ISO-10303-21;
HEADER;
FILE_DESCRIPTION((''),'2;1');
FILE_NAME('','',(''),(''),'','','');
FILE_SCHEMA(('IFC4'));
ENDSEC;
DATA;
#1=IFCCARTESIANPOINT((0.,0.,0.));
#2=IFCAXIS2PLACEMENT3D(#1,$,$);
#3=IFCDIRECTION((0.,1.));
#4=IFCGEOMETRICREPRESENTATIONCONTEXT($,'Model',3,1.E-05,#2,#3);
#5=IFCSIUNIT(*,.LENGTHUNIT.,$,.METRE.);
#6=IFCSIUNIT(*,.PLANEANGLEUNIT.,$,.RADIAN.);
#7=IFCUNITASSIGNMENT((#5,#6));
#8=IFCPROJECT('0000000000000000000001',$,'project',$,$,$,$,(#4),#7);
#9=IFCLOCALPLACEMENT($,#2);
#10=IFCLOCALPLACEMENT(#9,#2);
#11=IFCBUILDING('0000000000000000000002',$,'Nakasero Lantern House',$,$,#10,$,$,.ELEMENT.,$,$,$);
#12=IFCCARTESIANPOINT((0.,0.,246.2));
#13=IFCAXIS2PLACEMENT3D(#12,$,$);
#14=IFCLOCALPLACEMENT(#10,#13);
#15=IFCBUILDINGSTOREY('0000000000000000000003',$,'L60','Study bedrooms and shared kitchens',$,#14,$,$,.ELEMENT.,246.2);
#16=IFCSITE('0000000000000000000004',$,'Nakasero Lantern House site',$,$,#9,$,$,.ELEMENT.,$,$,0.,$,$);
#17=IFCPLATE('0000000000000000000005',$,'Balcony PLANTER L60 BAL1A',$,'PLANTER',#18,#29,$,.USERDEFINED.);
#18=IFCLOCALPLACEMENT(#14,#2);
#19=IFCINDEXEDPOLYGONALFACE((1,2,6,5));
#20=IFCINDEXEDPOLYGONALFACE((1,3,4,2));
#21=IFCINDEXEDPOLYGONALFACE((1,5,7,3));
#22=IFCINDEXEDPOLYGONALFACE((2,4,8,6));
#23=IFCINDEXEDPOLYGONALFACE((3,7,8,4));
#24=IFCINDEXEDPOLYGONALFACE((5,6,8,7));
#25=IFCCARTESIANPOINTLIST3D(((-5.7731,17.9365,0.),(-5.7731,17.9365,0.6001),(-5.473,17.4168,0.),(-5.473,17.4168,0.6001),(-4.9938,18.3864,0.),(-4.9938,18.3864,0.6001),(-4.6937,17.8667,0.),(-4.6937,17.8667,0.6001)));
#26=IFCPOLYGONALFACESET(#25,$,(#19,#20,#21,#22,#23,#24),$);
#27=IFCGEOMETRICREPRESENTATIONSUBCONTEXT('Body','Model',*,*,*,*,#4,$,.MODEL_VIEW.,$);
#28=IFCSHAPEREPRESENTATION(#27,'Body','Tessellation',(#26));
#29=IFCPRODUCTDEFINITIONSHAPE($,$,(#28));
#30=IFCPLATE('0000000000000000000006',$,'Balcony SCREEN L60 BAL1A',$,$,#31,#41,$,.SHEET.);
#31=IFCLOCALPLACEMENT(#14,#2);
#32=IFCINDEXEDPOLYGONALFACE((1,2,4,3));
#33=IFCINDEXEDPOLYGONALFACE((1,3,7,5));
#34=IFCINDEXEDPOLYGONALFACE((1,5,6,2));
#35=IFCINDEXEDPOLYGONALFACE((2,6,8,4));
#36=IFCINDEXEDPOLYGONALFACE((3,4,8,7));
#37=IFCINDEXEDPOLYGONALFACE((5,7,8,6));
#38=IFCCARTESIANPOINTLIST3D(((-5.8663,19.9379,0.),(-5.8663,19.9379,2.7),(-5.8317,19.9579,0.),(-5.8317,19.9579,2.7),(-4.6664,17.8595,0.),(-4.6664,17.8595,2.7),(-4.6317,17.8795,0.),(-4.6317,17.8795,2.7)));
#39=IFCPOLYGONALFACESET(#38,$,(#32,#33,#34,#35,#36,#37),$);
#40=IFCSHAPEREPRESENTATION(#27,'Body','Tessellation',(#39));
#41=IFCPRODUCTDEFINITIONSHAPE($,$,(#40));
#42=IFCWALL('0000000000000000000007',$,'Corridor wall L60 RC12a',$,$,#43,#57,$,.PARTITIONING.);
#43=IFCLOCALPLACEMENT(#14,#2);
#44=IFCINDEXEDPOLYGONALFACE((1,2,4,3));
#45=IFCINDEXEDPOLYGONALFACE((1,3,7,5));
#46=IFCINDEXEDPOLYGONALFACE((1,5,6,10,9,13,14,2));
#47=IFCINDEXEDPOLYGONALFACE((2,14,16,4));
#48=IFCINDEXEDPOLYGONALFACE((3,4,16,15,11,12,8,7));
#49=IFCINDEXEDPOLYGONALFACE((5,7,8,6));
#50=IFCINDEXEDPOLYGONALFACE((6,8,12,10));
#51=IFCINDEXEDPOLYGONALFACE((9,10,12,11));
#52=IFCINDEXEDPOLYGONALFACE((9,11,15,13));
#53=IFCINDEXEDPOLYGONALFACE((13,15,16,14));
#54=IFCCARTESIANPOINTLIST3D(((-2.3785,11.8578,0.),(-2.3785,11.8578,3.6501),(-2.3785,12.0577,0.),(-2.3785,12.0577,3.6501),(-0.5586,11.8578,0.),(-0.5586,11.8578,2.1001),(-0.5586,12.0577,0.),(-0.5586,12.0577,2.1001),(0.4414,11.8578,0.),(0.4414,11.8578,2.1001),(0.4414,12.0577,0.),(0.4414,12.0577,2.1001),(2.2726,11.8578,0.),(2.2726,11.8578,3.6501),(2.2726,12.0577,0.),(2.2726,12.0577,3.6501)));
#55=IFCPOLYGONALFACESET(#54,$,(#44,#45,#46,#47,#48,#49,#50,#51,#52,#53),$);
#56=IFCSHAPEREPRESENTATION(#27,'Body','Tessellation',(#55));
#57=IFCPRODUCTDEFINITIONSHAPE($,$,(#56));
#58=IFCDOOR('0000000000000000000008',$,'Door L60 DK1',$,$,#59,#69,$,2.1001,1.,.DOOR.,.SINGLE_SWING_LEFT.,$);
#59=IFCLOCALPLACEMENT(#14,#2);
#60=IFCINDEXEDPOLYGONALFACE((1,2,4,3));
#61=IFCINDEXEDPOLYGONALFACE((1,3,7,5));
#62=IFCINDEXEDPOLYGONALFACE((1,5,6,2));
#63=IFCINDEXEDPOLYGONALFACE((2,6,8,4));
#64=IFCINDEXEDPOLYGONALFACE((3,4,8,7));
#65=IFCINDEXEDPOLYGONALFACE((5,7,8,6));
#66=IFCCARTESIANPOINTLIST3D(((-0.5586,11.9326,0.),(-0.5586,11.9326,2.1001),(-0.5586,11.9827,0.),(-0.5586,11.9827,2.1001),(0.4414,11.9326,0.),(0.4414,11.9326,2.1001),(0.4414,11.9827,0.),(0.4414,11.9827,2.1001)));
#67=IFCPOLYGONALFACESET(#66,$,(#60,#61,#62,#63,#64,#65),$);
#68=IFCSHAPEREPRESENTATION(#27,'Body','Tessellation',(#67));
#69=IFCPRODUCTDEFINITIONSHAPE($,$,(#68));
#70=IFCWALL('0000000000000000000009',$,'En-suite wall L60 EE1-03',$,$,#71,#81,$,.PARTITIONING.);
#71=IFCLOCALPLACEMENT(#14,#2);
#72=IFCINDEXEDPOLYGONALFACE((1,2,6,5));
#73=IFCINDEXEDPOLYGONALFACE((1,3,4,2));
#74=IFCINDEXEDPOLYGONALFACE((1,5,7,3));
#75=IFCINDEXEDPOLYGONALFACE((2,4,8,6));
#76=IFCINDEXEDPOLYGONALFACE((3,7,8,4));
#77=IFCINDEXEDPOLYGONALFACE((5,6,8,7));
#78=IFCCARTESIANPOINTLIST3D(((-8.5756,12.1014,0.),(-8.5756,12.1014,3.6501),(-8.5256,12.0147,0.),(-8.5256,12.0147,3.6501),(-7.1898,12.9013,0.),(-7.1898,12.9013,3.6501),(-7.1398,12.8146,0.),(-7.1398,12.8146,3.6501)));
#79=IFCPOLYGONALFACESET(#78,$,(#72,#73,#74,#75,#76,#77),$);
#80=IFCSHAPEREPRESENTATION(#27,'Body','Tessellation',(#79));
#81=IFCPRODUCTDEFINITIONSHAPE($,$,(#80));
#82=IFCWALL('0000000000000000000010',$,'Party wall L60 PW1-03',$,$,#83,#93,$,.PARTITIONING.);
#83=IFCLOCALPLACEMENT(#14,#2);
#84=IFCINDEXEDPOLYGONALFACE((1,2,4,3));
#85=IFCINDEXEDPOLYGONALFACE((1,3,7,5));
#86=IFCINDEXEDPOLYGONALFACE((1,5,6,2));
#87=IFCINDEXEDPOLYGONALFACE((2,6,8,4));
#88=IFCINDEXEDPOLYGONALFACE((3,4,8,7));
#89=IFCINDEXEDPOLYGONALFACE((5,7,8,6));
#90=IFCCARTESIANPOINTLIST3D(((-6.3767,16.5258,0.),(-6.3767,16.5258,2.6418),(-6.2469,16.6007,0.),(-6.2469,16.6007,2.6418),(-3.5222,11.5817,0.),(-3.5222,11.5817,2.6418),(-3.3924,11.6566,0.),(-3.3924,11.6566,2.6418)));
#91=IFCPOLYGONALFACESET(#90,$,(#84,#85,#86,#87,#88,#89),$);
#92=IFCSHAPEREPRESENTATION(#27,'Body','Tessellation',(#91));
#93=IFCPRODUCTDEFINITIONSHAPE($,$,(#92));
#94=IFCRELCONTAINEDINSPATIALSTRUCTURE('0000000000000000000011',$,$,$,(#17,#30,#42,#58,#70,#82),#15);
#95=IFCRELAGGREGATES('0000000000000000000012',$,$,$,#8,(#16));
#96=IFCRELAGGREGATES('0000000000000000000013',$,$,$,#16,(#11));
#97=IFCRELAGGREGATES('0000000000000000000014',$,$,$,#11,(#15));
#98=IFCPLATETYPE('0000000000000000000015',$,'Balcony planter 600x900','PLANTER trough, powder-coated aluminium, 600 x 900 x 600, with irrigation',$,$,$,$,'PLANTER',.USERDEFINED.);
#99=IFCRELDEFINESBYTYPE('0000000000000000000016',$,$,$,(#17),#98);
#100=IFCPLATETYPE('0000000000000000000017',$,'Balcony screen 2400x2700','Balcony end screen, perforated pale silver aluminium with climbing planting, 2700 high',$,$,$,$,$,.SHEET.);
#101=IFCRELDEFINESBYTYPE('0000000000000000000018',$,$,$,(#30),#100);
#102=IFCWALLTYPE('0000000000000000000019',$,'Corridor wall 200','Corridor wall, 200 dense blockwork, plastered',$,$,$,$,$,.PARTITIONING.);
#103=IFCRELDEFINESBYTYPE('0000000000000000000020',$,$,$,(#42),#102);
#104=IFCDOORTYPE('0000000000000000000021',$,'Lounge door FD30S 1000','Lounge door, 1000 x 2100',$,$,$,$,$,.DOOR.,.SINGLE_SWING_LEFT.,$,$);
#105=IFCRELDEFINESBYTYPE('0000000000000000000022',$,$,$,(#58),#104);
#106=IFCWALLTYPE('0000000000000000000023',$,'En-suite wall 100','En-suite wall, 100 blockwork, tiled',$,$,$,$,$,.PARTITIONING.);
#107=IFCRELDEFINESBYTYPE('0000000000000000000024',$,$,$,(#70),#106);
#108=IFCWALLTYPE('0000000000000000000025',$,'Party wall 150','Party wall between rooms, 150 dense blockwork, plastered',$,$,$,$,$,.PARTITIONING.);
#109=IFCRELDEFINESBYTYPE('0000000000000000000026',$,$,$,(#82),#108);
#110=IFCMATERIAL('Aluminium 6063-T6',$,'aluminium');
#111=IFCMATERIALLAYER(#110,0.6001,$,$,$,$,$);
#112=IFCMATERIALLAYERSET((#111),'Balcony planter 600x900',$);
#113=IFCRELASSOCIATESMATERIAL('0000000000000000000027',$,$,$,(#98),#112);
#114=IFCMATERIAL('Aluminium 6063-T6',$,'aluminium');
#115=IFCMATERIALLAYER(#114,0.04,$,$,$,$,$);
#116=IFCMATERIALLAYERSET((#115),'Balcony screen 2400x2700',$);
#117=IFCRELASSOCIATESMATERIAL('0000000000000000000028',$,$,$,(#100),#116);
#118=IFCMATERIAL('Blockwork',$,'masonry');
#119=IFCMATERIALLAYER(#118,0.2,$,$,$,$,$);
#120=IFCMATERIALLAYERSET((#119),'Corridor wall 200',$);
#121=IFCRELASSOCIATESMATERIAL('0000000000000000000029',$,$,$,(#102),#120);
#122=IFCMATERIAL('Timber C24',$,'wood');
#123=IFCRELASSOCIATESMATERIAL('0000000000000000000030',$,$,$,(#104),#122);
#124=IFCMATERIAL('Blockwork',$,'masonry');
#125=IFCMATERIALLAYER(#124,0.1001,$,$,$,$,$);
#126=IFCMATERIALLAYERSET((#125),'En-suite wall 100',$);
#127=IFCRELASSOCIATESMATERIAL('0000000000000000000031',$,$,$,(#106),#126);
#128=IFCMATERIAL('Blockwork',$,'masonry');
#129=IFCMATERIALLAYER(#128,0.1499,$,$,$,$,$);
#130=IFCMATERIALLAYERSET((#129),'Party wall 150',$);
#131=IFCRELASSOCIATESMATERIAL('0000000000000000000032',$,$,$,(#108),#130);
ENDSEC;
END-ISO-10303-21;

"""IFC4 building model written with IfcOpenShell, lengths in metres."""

from ifc_helpers import new_model, si_unit, direction, frame, frame_2d, origin, origin_2d, place, context, subcontext, project, spatial, rectangle, extrude, material, layer, layer_set, type_object, element, fill, save


model = new_model("IFC4")

# Units and contexts
model_context = context("Model", 3, precision=1e-05, world=origin(), true_north=direction((0.0, 1.0)))
body_context = subcontext(model_context, "Body", "Model", "MODEL_VIEW")
ifc_project = project(units=[si_unit("LENGTHUNIT", "METRE"), si_unit("PLANEANGLEUNIT", "RADIAN")], contexts=[model_context])

# Site, building, storey
site_placement = place(None, origin())
site = spatial("IfcSite", under=ifc_project, at=site_placement, Name="Nakasero Lantern House site", CompositionType="ELEMENT", RefElevation=0.0)
building_placement = place(site_placement, origin())
building = spatial("IfcBuilding", under=site, at=building_placement, Name="Nakasero Lantern House", CompositionType="ELEMENT")
storey_placement = place(building_placement, frame((0.0, 0.0, 246.2)))
storey = spatial("IfcBuildingStorey", under=building, at=storey_placement, Name="L60", Description="Study bedrooms and shared kitchens", CompositionType="ELEMENT", Elevation=246.2)

# Plates
ifc_material_1 = material(Name="Aluminium 6063-T6", Category="aluminium")
ifc_layer_1 = layer(ifc_material_1, 0.6001)
ifc_layer_set_1 = layer_set([ifc_layer_1], Name="Balcony planter 600x900")
plate_type_1 = type_object("IfcPlateType", Name="Balcony planter 600x900", Description="PLANTER trough, powder-coated aluminium, 600 x 900 x 600, with irrigation", ElementType="PLANTER", PredefinedType="USERDEFINED", material=ifc_layer_set_1)
plate_1_placement = place(storey_placement, frame((-5.2334, 17.9016, 0.0), z_axis=(0.0, 0.0, 1.0), x_axis=(-0.5, 0.866025, 0.0)))
element("IfcPlate", 1, at=plate_1_placement, inside=storey, type_object=plate_type_1, Name="Balcony PLANTER L60 BAL1A", ObjectType="PLANTER", PredefinedType="USERDEFINED", context=body_context, shape_type="SweptSolid", body=[
    extrude(rectangle(XDim=0.6001, YDim=0.8999, at=origin_2d()), origin(), (0.0, 0.0, 1.0), 0.6001),
])
ifc_material_2 = material(Name="Aluminium 6063-T6", Category="aluminium")
ifc_layer_2 = layer(ifc_material_2, 0.04)
ifc_layer_set_2 = layer_set([ifc_layer_2], Name="Balcony screen 2400x2700")
plate_type_2 = type_object("IfcPlateType", Name="Balcony screen 2400x2700", Description="Balcony end screen, perforated pale silver aluminium with climbing planting, 2700 high", PredefinedType="SHEET", material=ifc_layer_set_2)
plate_2_placement = place(storey_placement, frame((-5.249, 18.9087, 0.0), z_axis=(0.0, 0.0, 1.0), x_axis=(-0.5, 0.866025, 0.0)))
element("IfcPlate", 2, at=plate_2_placement, inside=storey, type_object=plate_type_2, Name="Balcony SCREEN L60 BAL1A", PredefinedType="SHEET", context=body_context, shape_type="SweptSolid", body=[
    extrude(rectangle(XDim=2.3999, YDim=0.04, at=origin_2d()), origin(), (0.0, 0.0, 1.0), 2.7),
])

# Wall, opening, door
ifc_material_3 = material(Name="Blockwork", Category="masonry")
ifc_layer_3 = layer(ifc_material_3, 0.2)
ifc_layer_set_3 = layer_set([ifc_layer_3], Name="Corridor wall 200")
wall_type_1 = type_object("IfcWallType", Name="Corridor wall 200", Description="Corridor wall, 200 dense blockwork, plastered", PredefinedType="PARTITIONING", material=ifc_layer_set_3)
wall_1_placement = place(storey_placement, frame((-2.3787, 11.9578, 0.0), z_axis=(0.0, 0.0, 1.0), x_axis=(1.0, 0.0, 0.0)))
wall_1 = element("IfcWall", 3, at=wall_1_placement, inside=storey, type_object=wall_type_1, Name="Corridor wall L60 RC12a", PredefinedType="PARTITIONING", context=body_context, shape_type="SweptSolid", body=[
    extrude(rectangle(XDim=4.6511, YDim=0.2, at=frame_2d((2.3257, 0.0))), origin(), (0.0, 0.0, 1.0), 3.6501),
])
opening_placement = place(wall_1_placement, frame((1.8201, 0.0, 0.0)))
opening = element("IfcOpeningElement", 4, at=opening_placement, cuts=wall_1, PredefinedType="OPENING", context=body_context, shape_type="SweptSolid", body=[
    extrude(rectangle(XDim=1.0, YDim=2.1001, at=frame_2d((0.5, 1.05))), frame((0.0, 0.1199, 0.0), z_axis=(0.0, -1.0, 0.0), x_axis=(1.0, 0.0, 0.0)), (0.0, 0.0, 1.0), 0.24),
])
ifc_material_4 = material(Name="Timber C24", Category="wood")
door_type = type_object("IfcDoorType", Name="Lounge door FD30S 1000", Description="Lounge door, 1000 x 2100", OperationType="SINGLE_SWING_LEFT", PredefinedType="DOOR", material=ifc_material_4)
door_placement = place(opening_placement, origin())
door = element("IfcDoor", 5, at=door_placement, inside=storey, type_object=door_type, Name="Door L60 DK1", OperationType="SINGLE_SWING_LEFT", OverallHeight=2.1001, OverallWidth=1.0, PredefinedType="DOOR", context=body_context, shape_type="SweptSolid", body=[
    extrude(rectangle(XDim=1.0, YDim=2.1001, at=frame_2d((0.5, 1.05))), frame((0.0, 0.0249, 0.0), z_axis=(0.0, -1.0, 0.0), x_axis=(1.0, 0.0, 0.0)), (0.0, 0.0, 1.0), 0.05),
])
fill(opening, door)

# Walls
ifc_material_5 = material(Name="Blockwork", Category="masonry")
ifc_layer_4 = layer(ifc_material_5, 0.1001)
ifc_layer_set_4 = layer_set([ifc_layer_4], Name="En-suite wall 100")
wall_type_2 = type_object("IfcWallType", Name="En-suite wall 100", Description="En-suite wall, 100 blockwork, tiled", PredefinedType="PARTITIONING", material=ifc_layer_set_4)
wall_2_placement = place(storey_placement, frame((-7.1648, 12.8579, 0.0), z_axis=(0.0, 0.0, 1.0), x_axis=(-0.866094, -0.499881, 0.0)))
element("IfcWall", 6, at=wall_2_placement, inside=storey, type_object=wall_type_2, Name="En-suite wall L60 EE1-03", PredefinedType="PARTITIONING", context=body_context, shape_type="SweptSolid", body=[
    extrude(rectangle(XDim=1.6001, YDim=0.1001, at=frame_2d((0.8, 0.0))), origin(), (0.0, 0.0, 1.0), 3.6501),
])
ifc_material_6 = material(Name="Blockwork", Category="masonry")
ifc_layer_5 = layer(ifc_material_6, 0.1499)
ifc_layer_set_5 = layer_set([ifc_layer_5], Name="Party wall 150")
wall_type_3 = type_object("IfcWallType", Name="Party wall 150", Description="Party wall between rooms, 150 dense blockwork, plastered", PredefinedType="PARTITIONING", material=ifc_layer_set_5)
wall_3_placement = place(storey_placement, frame((-3.4573, 11.6191, 0.0), z_axis=(0.0, 0.0, 1.0), x_axis=(-0.500003, 0.866024, 0.0)))
element("IfcWall", 7, at=wall_3_placement, inside=storey, type_object=wall_type_3, Name="Party wall L60 PW1-03", PredefinedType="PARTITIONING", context=body_context, shape_type="SweptSolid", body=[
    extrude(rectangle(XDim=5.709, YDim=0.1499, at=frame_2d((2.8545, 0.0))), origin(), (0.0, 0.0, 1.0), 2.6418),
])

save(model, "model.ifc")
